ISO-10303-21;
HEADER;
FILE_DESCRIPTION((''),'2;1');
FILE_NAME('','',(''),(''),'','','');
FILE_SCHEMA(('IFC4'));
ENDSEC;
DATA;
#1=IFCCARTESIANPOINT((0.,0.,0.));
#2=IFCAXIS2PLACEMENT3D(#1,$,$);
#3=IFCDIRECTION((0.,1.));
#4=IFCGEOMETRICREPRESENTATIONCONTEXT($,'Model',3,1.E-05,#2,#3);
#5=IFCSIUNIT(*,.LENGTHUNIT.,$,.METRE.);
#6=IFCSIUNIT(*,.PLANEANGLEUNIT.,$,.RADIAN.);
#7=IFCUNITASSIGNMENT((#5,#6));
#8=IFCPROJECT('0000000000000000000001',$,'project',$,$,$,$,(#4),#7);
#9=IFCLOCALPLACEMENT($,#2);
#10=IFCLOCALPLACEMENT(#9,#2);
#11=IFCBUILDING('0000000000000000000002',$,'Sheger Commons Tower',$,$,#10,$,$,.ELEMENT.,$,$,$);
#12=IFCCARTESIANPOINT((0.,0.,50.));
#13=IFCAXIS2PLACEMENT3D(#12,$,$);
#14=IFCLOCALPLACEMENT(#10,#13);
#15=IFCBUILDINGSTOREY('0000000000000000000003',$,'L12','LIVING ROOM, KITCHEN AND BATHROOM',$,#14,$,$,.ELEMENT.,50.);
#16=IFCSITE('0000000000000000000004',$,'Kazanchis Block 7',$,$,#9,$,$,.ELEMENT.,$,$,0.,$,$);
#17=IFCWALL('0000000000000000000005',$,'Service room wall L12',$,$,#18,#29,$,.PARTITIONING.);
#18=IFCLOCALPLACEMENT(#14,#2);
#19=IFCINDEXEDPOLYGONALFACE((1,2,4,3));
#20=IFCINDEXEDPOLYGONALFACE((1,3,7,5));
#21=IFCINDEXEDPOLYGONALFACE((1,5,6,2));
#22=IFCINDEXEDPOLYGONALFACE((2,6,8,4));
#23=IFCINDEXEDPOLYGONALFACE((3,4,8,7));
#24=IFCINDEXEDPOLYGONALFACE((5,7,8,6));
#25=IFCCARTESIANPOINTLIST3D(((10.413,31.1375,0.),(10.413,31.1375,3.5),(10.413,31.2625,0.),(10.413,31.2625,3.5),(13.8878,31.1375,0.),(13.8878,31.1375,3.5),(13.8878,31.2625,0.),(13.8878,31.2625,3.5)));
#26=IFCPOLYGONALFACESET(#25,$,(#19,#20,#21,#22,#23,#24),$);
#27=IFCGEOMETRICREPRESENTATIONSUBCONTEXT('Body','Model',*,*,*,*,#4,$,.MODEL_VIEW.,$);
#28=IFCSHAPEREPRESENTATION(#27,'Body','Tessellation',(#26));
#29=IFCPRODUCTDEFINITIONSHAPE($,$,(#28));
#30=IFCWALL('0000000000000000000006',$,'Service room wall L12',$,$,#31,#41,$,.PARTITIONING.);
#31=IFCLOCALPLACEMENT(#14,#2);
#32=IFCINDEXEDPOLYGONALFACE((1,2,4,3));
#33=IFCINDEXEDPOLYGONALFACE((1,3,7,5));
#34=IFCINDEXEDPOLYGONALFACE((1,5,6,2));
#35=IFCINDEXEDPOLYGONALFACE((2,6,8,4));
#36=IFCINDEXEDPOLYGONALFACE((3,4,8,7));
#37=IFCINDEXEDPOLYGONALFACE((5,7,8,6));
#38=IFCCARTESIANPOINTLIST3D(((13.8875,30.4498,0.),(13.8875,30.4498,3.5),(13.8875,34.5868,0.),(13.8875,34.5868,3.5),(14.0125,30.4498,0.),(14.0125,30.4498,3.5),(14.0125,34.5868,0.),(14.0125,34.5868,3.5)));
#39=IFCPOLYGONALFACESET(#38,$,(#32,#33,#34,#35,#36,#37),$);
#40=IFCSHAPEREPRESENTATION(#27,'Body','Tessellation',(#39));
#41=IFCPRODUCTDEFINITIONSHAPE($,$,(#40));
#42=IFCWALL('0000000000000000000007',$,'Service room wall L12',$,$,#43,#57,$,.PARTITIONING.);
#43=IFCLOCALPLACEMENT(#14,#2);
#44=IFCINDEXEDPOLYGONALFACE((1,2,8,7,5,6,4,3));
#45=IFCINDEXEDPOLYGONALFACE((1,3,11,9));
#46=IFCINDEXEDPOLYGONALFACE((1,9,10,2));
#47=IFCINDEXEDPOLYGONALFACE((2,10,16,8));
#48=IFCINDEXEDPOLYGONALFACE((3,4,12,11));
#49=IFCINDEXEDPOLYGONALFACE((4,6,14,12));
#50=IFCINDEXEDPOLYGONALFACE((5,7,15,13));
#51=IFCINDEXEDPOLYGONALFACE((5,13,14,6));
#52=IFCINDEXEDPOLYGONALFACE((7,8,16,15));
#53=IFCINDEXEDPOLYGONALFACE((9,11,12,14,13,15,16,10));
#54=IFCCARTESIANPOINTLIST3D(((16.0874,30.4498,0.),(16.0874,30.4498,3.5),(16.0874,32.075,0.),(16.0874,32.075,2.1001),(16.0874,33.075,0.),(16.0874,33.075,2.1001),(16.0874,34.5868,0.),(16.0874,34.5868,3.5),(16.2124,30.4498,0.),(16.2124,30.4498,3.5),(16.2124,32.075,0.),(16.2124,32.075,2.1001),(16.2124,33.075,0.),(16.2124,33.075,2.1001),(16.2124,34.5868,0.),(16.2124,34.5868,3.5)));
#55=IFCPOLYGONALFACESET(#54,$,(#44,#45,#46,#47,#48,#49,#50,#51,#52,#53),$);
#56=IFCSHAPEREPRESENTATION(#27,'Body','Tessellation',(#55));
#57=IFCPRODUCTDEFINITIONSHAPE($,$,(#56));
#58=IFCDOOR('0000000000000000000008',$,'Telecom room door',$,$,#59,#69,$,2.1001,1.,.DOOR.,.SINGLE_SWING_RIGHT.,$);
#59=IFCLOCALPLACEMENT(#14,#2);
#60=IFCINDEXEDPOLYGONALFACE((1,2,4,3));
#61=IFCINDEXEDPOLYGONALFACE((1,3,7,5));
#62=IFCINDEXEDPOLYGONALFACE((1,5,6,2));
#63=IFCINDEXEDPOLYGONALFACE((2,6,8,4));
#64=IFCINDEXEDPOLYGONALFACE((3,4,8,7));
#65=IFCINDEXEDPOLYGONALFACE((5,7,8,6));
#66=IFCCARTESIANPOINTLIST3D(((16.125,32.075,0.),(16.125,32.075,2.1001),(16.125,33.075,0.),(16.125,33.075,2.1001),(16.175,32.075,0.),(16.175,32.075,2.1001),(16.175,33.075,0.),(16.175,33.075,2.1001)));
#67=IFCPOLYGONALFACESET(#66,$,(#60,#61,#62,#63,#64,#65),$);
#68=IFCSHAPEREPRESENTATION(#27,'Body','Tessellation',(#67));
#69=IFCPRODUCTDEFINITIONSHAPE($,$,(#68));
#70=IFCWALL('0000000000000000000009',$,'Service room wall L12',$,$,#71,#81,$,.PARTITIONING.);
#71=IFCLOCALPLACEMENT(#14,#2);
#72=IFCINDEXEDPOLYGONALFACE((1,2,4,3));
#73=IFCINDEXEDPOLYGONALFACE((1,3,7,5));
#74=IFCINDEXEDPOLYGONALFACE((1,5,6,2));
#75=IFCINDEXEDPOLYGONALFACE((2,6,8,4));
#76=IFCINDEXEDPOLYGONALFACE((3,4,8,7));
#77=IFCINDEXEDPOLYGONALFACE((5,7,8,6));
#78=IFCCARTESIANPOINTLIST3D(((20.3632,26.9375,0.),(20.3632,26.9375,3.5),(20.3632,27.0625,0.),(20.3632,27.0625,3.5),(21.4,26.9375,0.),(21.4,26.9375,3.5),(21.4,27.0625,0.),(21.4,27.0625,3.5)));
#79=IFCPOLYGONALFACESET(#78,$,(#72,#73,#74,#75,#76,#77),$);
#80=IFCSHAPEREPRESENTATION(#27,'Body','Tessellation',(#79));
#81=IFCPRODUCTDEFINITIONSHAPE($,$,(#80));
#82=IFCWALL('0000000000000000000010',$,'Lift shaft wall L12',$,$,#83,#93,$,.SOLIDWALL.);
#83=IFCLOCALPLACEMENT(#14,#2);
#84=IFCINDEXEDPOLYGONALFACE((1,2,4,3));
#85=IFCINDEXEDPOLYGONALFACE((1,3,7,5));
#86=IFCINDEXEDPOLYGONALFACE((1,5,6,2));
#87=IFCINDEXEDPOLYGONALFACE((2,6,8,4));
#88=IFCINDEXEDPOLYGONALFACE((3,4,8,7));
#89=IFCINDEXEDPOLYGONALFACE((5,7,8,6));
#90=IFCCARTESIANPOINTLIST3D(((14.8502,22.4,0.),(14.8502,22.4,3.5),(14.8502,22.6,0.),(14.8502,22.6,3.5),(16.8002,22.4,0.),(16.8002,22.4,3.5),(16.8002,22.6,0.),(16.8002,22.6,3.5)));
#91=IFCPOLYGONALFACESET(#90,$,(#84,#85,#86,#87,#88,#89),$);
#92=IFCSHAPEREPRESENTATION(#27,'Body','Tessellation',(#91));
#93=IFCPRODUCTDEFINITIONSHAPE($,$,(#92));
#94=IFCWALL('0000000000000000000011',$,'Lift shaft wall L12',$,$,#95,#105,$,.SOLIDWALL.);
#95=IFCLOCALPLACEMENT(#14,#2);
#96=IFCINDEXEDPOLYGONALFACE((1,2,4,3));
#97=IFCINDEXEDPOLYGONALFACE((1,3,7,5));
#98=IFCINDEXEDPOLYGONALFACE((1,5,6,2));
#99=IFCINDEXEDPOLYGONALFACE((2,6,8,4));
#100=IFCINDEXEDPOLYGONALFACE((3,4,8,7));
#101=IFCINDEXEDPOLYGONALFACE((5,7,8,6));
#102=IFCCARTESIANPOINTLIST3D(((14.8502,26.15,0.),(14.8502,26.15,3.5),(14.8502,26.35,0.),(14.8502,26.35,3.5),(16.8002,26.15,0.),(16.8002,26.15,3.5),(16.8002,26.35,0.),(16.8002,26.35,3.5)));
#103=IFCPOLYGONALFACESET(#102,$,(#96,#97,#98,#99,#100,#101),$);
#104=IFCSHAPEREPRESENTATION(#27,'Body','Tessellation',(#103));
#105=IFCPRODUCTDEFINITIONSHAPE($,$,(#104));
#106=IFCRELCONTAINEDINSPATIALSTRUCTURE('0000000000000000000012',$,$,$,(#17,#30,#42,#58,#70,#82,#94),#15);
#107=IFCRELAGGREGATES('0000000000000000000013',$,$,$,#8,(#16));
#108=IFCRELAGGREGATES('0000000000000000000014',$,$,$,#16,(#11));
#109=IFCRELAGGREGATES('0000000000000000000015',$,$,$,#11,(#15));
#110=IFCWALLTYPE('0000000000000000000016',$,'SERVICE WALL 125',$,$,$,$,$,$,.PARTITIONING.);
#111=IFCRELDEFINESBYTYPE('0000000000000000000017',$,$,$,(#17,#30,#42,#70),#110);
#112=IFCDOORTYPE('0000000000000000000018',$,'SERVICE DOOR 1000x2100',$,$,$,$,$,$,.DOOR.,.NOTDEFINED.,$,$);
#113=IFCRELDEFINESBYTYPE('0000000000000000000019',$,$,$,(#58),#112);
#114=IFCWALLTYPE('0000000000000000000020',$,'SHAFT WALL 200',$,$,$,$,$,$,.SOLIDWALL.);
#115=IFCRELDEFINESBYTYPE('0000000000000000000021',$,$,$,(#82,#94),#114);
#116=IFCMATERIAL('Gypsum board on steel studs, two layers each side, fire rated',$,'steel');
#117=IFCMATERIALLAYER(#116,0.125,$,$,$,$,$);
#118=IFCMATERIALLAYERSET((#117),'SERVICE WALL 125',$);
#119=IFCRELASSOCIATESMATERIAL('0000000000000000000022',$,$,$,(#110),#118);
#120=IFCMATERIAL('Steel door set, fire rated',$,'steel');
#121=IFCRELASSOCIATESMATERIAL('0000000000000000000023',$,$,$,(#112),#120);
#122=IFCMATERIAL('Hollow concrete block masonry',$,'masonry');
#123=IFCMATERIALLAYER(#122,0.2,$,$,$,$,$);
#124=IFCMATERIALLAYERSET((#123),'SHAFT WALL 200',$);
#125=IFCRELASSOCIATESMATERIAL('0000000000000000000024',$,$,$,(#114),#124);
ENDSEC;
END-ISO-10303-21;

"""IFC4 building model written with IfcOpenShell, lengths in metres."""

from ifc_helpers import new_model, si_unit, direction, frame, frame_2d, origin, place, context, subcontext, project, spatial, rectangle, extrude, material, layer, layer_set, type_object, element, fill, save


model = new_model("IFC4")

# Units and contexts
model_context = context("Model", 3, precision=1e-05, world=origin(), true_north=direction((0.0, 1.0)))
body_context = subcontext(model_context, "Body", "Model", "MODEL_VIEW")
ifc_project = project(units=[si_unit("LENGTHUNIT", "METRE"), si_unit("PLANEANGLEUNIT", "RADIAN")], contexts=[model_context])

# Site, building, storey
site_placement = place(None, origin())
site = spatial("IfcSite", under=ifc_project, at=site_placement, Name="Kazanchis Block 7", CompositionType="ELEMENT", RefElevation=0.0)
building_placement = place(site_placement, origin())
building = spatial("IfcBuilding", under=site, at=building_placement, Name="Sheger Commons Tower", CompositionType="ELEMENT")
storey_placement = place(building_placement, frame((0.0, 0.0, 50.0)))
storey = spatial("IfcBuildingStorey", under=building, at=storey_placement, Name="L12", Description="LIVING ROOM, KITCHEN AND BATHROOM", CompositionType="ELEMENT", Elevation=50.0)

# Shared definitions
ifc_material_1 = material(Name="Gypsum board on steel studs, two layers each side, fire rated", Category="steel")
ifc_layer_1 = layer(ifc_material_1, 0.125)
ifc_layer_set_1 = layer_set([ifc_layer_1], Name="SERVICE WALL 125")
wall_type_1 = type_object("IfcWallType", Name="SERVICE WALL 125", PredefinedType="PARTITIONING", material=ifc_layer_set_1)
ifc_material_2 = material(Name="Steel door set, fire rated", Category="steel")
door_type_1 = type_object("IfcDoorType", Name="SERVICE DOOR 1000x2100", OperationType="NOTDEFINED", PredefinedType="DOOR", material=ifc_material_2)

# Walls
wall_1_placement = place(storey_placement, frame((10.4131, 31.2, 0.0), z_axis=(0.0, 0.0, 1.0), x_axis=(1.0, 0.0, 0.0)))
element("IfcWall", 1, at=wall_1_placement, inside=storey, type_object=wall_type_1, Name="Service room wall L12", PredefinedType="PARTITIONING", context=body_context, shape_type="SweptSolid", body=[
    extrude(rectangle(XDim=3.4749, YDim=0.125, at=frame_2d((1.7373, 0.0))), origin(), (0.0, 0.0, 1.0), 3.5),
])
wall_2_placement = place(storey_placement, frame((13.95, 30.45, 0.0), z_axis=(0.0, 0.0, 1.0), x_axis=(0.0, 1.0, 0.0)))
element("IfcWall", 2, at=wall_2_placement, inside=storey, type_object=wall_type_1, Name="Service room wall L12", PredefinedType="PARTITIONING", context=body_context, shape_type="SweptSolid", body=[
    extrude(rectangle(XDim=4.137, YDim=0.125, at=frame_2d((2.0684, 0.0))), origin(), (0.0, 0.0, 1.0), 3.5),
])

# Wall, opening, door
wall_3_placement = place(storey_placement, frame((16.1499, 30.45, 0.0), z_axis=(0.0, 0.0, 1.0), x_axis=(0.0, 1.0, 0.0)))
wall_3 = element("IfcWall", 3, at=wall_3_placement, inside=storey, type_object=wall_type_1, Name="Service room wall L12", PredefinedType="PARTITIONING", context=body_context, shape_type="SweptSolid", body=[
    extrude(rectangle(XDim=4.137, YDim=0.125, at=frame_2d((2.0684, 0.0))), origin(), (0.0, 0.0, 1.0), 3.5),
])
opening_1_placement = place(wall_3_placement, frame((1.625, 0.0, 0.0)))
opening_1 = element("IfcOpeningElement", 4, at=opening_1_placement, cuts=wall_3, PredefinedType="OPENING", context=body_context, shape_type="SweptSolid", body=[
    extrude(rectangle(XDim=1.0, YDim=2.1001, at=frame_2d((0.5, 1.05))), frame((0.0, 0.0725, 0.0), z_axis=(0.0, -1.0, 0.0), x_axis=(1.0, 0.0, 0.0)), (0.0, 0.0, 1.0), 0.145),
])
door_1_placement = place(opening_1_placement, origin())
door_1 = element("IfcDoor", 5, at=door_1_placement, inside=storey, type_object=door_type_1, Name="Telecom room door", OperationType="SINGLE_SWING_RIGHT", OverallHeight=2.1001, OverallWidth=1.0, PredefinedType="DOOR", context=body_context, shape_type="SweptSolid", body=[
    extrude(rectangle(XDim=1.0, YDim=2.1001, at=frame_2d((0.5, 1.05))), frame((0.0, 0.0249, 0.0), z_axis=(0.0, -1.0, 0.0), x_axis=(1.0, 0.0, 0.0)), (0.0, 0.0, 1.0), 0.05),
])
fill(opening_1, door_1)

# Walls
wall_4_placement = place(storey_placement, frame((20.363, 27.0, 0.0), z_axis=(0.0, 0.0, 1.0), x_axis=(1.0, 0.0, 0.0)))
element("IfcWall", 6, at=wall_4_placement, inside=storey, type_object=wall_type_1, Name="Service room wall L12", PredefinedType="PARTITIONING", context=body_context, shape_type="SweptSolid", body=[
    extrude(rectangle(XDim=1.0369, YDim=0.125, at=frame_2d((0.5186, 0.0))), origin(), (0.0, 0.0, 1.0), 3.5),
])
ifc_material_3 = material(Name="Hollow concrete block masonry", Category="masonry")
ifc_layer_2 = layer(ifc_material_3, 0.2)
ifc_layer_set_2 = layer_set([ifc_layer_2], Name="SHAFT WALL 200")
wall_type_2 = type_object("IfcWallType", Name="SHAFT WALL 200", PredefinedType="SOLIDWALL", material=ifc_layer_set_2)
for number, where, z_axis, x_axis, name in (
    (7, (14.8501, 22.5, 0.0), (0.0, 0.0, 1.0), (1.0, 0.0, 0.0), "Lift shaft wall L12"),
    (8, (14.8501, 26.25, 0.0), (0.0, 0.0, 1.0), (1.0, 0.0, 0.0), "Lift shaft wall L12"),
):
    element("IfcWall", number, at=place(storey_placement, frame(where, z_axis=z_axis, x_axis=x_axis)), inside=storey, type_object=wall_type_2, Name=name, PredefinedType="SOLIDWALL", context=body_context, shape_type="SweptSolid", body=[
        extrude(rectangle(XDim=1.95, YDim=0.2, at=frame_2d((0.9751, 0.0))), origin(), (0.0, 0.0, 1.0), 3.5),
    ])

save(model, "model.ifc")
